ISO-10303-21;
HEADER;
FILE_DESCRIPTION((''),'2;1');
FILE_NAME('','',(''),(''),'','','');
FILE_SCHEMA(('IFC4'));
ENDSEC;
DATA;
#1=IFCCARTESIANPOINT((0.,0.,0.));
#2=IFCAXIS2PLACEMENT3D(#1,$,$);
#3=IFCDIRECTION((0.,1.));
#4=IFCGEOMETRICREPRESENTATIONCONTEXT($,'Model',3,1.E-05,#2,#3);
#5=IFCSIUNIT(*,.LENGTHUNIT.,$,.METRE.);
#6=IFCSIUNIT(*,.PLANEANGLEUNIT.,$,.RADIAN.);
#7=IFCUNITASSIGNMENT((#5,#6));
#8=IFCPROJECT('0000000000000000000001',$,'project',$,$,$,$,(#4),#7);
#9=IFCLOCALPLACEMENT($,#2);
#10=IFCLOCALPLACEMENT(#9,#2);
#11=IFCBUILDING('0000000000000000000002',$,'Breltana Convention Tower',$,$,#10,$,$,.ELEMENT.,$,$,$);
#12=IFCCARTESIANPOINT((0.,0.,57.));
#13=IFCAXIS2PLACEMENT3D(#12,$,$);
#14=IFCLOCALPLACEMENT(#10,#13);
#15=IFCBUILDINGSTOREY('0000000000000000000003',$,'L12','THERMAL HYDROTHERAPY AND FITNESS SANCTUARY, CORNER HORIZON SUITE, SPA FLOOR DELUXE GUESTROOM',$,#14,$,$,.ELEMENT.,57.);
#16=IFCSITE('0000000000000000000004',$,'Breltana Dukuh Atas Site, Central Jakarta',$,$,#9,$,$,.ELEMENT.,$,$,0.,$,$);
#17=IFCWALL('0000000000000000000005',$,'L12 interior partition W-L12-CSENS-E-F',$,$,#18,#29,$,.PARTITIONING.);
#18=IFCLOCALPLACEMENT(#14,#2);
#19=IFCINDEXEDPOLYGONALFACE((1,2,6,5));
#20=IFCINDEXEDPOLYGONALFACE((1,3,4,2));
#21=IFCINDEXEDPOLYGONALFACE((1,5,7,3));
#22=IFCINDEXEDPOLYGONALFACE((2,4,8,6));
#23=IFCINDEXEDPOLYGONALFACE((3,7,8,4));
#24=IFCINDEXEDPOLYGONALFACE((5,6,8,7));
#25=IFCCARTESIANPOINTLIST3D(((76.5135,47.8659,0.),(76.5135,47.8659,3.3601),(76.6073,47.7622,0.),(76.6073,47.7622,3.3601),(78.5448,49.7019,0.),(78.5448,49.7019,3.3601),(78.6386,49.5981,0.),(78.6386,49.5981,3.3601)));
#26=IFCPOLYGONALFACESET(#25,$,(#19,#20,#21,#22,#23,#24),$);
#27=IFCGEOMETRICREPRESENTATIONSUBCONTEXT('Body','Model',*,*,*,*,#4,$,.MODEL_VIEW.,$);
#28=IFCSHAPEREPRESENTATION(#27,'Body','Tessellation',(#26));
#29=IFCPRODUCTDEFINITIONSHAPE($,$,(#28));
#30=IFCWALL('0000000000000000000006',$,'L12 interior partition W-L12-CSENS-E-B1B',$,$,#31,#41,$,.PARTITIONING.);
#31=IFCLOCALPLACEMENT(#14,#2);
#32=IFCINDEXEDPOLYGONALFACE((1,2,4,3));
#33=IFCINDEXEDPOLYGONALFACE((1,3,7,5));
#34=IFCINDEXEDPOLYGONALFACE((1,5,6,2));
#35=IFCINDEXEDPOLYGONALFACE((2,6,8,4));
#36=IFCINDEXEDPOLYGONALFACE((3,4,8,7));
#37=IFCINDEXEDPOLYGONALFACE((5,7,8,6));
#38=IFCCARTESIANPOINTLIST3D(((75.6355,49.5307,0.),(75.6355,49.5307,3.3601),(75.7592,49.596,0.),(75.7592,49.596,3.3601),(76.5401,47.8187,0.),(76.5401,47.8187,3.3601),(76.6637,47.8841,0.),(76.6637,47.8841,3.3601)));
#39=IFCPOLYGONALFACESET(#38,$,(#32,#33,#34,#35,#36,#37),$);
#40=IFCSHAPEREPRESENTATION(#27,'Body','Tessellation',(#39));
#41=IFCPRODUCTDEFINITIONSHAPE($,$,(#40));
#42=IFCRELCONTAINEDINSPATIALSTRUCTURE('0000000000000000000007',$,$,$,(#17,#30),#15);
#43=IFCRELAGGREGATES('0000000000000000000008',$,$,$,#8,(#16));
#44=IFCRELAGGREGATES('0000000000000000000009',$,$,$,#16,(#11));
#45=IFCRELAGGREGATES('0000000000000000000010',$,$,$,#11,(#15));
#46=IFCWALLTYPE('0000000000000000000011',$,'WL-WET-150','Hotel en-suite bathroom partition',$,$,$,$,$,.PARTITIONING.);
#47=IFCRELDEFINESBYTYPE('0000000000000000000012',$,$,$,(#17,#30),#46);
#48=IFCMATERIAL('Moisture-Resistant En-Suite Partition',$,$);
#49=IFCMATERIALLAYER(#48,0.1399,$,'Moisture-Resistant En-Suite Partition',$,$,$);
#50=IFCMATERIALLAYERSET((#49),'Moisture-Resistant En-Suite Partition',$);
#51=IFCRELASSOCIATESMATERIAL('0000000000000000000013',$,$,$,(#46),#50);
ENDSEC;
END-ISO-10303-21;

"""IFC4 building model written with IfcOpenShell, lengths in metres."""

from ifc_helpers import new_model, si_unit, direction, frame, frame_2d, origin, place, context, subcontext, project, spatial, rectangle, extrude, source, transform, mapped, material, layer, layer_set, type_object, element, save


model = new_model("IFC4")

# Units and contexts
model_context = context("Model", 3, precision=1e-05, world=origin(), true_north=direction((0.0, 1.0)))
body_context = subcontext(model_context, "Body", "Model", "MODEL_VIEW")
ifc_project = project(units=[si_unit("LENGTHUNIT", "METRE"), si_unit("PLANEANGLEUNIT", "RADIAN")], contexts=[model_context])

# Site, building, storey
site_placement = place(None, origin())
site = spatial("IfcSite", under=ifc_project, at=site_placement, Name="Breltana Dukuh Atas Site, Central Jakarta", CompositionType="ELEMENT", RefElevation=0.0)
building_placement = place(site_placement, origin())
building = spatial("IfcBuilding", under=site, at=building_placement, Name="Breltana Convention Tower", CompositionType="ELEMENT")
storey_placement = place(building_placement, frame((0.0, 0.0, 57.0)))
storey = spatial("IfcBuildingStorey", under=building, at=storey_placement, Name="L12", Description="THERMAL HYDROTHERAPY AND FITNESS SANCTUARY, CORNER HORIZON SUITE, SPA FLOOR DELUXE GUESTROOM", CompositionType="ELEMENT", Elevation=57.0)

# Shared definitions
ifc_material_1 = material(Name="Moisture-Resistant En-Suite Partition")
ifc_layer_1 = layer(ifc_material_1, 0.1399, Name="Moisture-Resistant En-Suite Partition")
ifc_layer_set_1 = layer_set([ifc_layer_1], Name="Moisture-Resistant En-Suite Partition")
wall_type_1 = type_object("IfcWallType", Name="WL-WET-150", Description="Hotel en-suite bathroom partition", PredefinedType="PARTITIONING", material=ifc_layer_set_1)

# Walls
shared_shape_1 = source(origin(), body_context, "Body", "SweptSolid", [
    extrude(rectangle(XDim=2.738, YDim=0.1399, at=frame_2d((1.3691, 0.0))), origin(), (0.0, 0.0, 1.0), 3.3601),
])
wall_1_placement = place(storey_placement, frame((76.5603, 47.814, 0.0), z_axis=(0.0, 0.0, 1.0), x_axis=(0.741874, 0.67054, 0.0)))
element("IfcWall", 1, at=wall_1_placement, inside=storey, type_object=wall_type_1, Name="L12 interior partition W-L12-CSENS-E-F", PredefinedType="PARTITIONING", context=body_context, shape_type="MappedRepresentation", body=[
    mapped(shared_shape_1, transform((0.0, 0.0, 0.0), scale=1.0)),
])
shared_shape_2 = source(origin(), body_context, "Body", "SweptSolid", [
    extrude(rectangle(XDim=1.9363, YDim=0.1399, at=frame_2d((0.9683, 0.0))), origin(), (0.0, 0.0, 1.0), 3.3601),
])
wall_2_placement = place(storey_placement, frame((75.6973, 49.5635, 0.0), z_axis=(0.0, 0.0, 1.0), x_axis=(0.467175, -0.884165, 0.0)))
element("IfcWall", 2, at=wall_2_placement, inside=storey, type_object=wall_type_1, Name="L12 interior partition W-L12-CSENS-E-B1B", PredefinedType="PARTITIONING", context=body_context, shape_type="MappedRepresentation", body=[
    mapped(shared_shape_2, transform((0.0, 0.0, 0.0), scale=1.0)),
])

save(model, "model.ifc")
